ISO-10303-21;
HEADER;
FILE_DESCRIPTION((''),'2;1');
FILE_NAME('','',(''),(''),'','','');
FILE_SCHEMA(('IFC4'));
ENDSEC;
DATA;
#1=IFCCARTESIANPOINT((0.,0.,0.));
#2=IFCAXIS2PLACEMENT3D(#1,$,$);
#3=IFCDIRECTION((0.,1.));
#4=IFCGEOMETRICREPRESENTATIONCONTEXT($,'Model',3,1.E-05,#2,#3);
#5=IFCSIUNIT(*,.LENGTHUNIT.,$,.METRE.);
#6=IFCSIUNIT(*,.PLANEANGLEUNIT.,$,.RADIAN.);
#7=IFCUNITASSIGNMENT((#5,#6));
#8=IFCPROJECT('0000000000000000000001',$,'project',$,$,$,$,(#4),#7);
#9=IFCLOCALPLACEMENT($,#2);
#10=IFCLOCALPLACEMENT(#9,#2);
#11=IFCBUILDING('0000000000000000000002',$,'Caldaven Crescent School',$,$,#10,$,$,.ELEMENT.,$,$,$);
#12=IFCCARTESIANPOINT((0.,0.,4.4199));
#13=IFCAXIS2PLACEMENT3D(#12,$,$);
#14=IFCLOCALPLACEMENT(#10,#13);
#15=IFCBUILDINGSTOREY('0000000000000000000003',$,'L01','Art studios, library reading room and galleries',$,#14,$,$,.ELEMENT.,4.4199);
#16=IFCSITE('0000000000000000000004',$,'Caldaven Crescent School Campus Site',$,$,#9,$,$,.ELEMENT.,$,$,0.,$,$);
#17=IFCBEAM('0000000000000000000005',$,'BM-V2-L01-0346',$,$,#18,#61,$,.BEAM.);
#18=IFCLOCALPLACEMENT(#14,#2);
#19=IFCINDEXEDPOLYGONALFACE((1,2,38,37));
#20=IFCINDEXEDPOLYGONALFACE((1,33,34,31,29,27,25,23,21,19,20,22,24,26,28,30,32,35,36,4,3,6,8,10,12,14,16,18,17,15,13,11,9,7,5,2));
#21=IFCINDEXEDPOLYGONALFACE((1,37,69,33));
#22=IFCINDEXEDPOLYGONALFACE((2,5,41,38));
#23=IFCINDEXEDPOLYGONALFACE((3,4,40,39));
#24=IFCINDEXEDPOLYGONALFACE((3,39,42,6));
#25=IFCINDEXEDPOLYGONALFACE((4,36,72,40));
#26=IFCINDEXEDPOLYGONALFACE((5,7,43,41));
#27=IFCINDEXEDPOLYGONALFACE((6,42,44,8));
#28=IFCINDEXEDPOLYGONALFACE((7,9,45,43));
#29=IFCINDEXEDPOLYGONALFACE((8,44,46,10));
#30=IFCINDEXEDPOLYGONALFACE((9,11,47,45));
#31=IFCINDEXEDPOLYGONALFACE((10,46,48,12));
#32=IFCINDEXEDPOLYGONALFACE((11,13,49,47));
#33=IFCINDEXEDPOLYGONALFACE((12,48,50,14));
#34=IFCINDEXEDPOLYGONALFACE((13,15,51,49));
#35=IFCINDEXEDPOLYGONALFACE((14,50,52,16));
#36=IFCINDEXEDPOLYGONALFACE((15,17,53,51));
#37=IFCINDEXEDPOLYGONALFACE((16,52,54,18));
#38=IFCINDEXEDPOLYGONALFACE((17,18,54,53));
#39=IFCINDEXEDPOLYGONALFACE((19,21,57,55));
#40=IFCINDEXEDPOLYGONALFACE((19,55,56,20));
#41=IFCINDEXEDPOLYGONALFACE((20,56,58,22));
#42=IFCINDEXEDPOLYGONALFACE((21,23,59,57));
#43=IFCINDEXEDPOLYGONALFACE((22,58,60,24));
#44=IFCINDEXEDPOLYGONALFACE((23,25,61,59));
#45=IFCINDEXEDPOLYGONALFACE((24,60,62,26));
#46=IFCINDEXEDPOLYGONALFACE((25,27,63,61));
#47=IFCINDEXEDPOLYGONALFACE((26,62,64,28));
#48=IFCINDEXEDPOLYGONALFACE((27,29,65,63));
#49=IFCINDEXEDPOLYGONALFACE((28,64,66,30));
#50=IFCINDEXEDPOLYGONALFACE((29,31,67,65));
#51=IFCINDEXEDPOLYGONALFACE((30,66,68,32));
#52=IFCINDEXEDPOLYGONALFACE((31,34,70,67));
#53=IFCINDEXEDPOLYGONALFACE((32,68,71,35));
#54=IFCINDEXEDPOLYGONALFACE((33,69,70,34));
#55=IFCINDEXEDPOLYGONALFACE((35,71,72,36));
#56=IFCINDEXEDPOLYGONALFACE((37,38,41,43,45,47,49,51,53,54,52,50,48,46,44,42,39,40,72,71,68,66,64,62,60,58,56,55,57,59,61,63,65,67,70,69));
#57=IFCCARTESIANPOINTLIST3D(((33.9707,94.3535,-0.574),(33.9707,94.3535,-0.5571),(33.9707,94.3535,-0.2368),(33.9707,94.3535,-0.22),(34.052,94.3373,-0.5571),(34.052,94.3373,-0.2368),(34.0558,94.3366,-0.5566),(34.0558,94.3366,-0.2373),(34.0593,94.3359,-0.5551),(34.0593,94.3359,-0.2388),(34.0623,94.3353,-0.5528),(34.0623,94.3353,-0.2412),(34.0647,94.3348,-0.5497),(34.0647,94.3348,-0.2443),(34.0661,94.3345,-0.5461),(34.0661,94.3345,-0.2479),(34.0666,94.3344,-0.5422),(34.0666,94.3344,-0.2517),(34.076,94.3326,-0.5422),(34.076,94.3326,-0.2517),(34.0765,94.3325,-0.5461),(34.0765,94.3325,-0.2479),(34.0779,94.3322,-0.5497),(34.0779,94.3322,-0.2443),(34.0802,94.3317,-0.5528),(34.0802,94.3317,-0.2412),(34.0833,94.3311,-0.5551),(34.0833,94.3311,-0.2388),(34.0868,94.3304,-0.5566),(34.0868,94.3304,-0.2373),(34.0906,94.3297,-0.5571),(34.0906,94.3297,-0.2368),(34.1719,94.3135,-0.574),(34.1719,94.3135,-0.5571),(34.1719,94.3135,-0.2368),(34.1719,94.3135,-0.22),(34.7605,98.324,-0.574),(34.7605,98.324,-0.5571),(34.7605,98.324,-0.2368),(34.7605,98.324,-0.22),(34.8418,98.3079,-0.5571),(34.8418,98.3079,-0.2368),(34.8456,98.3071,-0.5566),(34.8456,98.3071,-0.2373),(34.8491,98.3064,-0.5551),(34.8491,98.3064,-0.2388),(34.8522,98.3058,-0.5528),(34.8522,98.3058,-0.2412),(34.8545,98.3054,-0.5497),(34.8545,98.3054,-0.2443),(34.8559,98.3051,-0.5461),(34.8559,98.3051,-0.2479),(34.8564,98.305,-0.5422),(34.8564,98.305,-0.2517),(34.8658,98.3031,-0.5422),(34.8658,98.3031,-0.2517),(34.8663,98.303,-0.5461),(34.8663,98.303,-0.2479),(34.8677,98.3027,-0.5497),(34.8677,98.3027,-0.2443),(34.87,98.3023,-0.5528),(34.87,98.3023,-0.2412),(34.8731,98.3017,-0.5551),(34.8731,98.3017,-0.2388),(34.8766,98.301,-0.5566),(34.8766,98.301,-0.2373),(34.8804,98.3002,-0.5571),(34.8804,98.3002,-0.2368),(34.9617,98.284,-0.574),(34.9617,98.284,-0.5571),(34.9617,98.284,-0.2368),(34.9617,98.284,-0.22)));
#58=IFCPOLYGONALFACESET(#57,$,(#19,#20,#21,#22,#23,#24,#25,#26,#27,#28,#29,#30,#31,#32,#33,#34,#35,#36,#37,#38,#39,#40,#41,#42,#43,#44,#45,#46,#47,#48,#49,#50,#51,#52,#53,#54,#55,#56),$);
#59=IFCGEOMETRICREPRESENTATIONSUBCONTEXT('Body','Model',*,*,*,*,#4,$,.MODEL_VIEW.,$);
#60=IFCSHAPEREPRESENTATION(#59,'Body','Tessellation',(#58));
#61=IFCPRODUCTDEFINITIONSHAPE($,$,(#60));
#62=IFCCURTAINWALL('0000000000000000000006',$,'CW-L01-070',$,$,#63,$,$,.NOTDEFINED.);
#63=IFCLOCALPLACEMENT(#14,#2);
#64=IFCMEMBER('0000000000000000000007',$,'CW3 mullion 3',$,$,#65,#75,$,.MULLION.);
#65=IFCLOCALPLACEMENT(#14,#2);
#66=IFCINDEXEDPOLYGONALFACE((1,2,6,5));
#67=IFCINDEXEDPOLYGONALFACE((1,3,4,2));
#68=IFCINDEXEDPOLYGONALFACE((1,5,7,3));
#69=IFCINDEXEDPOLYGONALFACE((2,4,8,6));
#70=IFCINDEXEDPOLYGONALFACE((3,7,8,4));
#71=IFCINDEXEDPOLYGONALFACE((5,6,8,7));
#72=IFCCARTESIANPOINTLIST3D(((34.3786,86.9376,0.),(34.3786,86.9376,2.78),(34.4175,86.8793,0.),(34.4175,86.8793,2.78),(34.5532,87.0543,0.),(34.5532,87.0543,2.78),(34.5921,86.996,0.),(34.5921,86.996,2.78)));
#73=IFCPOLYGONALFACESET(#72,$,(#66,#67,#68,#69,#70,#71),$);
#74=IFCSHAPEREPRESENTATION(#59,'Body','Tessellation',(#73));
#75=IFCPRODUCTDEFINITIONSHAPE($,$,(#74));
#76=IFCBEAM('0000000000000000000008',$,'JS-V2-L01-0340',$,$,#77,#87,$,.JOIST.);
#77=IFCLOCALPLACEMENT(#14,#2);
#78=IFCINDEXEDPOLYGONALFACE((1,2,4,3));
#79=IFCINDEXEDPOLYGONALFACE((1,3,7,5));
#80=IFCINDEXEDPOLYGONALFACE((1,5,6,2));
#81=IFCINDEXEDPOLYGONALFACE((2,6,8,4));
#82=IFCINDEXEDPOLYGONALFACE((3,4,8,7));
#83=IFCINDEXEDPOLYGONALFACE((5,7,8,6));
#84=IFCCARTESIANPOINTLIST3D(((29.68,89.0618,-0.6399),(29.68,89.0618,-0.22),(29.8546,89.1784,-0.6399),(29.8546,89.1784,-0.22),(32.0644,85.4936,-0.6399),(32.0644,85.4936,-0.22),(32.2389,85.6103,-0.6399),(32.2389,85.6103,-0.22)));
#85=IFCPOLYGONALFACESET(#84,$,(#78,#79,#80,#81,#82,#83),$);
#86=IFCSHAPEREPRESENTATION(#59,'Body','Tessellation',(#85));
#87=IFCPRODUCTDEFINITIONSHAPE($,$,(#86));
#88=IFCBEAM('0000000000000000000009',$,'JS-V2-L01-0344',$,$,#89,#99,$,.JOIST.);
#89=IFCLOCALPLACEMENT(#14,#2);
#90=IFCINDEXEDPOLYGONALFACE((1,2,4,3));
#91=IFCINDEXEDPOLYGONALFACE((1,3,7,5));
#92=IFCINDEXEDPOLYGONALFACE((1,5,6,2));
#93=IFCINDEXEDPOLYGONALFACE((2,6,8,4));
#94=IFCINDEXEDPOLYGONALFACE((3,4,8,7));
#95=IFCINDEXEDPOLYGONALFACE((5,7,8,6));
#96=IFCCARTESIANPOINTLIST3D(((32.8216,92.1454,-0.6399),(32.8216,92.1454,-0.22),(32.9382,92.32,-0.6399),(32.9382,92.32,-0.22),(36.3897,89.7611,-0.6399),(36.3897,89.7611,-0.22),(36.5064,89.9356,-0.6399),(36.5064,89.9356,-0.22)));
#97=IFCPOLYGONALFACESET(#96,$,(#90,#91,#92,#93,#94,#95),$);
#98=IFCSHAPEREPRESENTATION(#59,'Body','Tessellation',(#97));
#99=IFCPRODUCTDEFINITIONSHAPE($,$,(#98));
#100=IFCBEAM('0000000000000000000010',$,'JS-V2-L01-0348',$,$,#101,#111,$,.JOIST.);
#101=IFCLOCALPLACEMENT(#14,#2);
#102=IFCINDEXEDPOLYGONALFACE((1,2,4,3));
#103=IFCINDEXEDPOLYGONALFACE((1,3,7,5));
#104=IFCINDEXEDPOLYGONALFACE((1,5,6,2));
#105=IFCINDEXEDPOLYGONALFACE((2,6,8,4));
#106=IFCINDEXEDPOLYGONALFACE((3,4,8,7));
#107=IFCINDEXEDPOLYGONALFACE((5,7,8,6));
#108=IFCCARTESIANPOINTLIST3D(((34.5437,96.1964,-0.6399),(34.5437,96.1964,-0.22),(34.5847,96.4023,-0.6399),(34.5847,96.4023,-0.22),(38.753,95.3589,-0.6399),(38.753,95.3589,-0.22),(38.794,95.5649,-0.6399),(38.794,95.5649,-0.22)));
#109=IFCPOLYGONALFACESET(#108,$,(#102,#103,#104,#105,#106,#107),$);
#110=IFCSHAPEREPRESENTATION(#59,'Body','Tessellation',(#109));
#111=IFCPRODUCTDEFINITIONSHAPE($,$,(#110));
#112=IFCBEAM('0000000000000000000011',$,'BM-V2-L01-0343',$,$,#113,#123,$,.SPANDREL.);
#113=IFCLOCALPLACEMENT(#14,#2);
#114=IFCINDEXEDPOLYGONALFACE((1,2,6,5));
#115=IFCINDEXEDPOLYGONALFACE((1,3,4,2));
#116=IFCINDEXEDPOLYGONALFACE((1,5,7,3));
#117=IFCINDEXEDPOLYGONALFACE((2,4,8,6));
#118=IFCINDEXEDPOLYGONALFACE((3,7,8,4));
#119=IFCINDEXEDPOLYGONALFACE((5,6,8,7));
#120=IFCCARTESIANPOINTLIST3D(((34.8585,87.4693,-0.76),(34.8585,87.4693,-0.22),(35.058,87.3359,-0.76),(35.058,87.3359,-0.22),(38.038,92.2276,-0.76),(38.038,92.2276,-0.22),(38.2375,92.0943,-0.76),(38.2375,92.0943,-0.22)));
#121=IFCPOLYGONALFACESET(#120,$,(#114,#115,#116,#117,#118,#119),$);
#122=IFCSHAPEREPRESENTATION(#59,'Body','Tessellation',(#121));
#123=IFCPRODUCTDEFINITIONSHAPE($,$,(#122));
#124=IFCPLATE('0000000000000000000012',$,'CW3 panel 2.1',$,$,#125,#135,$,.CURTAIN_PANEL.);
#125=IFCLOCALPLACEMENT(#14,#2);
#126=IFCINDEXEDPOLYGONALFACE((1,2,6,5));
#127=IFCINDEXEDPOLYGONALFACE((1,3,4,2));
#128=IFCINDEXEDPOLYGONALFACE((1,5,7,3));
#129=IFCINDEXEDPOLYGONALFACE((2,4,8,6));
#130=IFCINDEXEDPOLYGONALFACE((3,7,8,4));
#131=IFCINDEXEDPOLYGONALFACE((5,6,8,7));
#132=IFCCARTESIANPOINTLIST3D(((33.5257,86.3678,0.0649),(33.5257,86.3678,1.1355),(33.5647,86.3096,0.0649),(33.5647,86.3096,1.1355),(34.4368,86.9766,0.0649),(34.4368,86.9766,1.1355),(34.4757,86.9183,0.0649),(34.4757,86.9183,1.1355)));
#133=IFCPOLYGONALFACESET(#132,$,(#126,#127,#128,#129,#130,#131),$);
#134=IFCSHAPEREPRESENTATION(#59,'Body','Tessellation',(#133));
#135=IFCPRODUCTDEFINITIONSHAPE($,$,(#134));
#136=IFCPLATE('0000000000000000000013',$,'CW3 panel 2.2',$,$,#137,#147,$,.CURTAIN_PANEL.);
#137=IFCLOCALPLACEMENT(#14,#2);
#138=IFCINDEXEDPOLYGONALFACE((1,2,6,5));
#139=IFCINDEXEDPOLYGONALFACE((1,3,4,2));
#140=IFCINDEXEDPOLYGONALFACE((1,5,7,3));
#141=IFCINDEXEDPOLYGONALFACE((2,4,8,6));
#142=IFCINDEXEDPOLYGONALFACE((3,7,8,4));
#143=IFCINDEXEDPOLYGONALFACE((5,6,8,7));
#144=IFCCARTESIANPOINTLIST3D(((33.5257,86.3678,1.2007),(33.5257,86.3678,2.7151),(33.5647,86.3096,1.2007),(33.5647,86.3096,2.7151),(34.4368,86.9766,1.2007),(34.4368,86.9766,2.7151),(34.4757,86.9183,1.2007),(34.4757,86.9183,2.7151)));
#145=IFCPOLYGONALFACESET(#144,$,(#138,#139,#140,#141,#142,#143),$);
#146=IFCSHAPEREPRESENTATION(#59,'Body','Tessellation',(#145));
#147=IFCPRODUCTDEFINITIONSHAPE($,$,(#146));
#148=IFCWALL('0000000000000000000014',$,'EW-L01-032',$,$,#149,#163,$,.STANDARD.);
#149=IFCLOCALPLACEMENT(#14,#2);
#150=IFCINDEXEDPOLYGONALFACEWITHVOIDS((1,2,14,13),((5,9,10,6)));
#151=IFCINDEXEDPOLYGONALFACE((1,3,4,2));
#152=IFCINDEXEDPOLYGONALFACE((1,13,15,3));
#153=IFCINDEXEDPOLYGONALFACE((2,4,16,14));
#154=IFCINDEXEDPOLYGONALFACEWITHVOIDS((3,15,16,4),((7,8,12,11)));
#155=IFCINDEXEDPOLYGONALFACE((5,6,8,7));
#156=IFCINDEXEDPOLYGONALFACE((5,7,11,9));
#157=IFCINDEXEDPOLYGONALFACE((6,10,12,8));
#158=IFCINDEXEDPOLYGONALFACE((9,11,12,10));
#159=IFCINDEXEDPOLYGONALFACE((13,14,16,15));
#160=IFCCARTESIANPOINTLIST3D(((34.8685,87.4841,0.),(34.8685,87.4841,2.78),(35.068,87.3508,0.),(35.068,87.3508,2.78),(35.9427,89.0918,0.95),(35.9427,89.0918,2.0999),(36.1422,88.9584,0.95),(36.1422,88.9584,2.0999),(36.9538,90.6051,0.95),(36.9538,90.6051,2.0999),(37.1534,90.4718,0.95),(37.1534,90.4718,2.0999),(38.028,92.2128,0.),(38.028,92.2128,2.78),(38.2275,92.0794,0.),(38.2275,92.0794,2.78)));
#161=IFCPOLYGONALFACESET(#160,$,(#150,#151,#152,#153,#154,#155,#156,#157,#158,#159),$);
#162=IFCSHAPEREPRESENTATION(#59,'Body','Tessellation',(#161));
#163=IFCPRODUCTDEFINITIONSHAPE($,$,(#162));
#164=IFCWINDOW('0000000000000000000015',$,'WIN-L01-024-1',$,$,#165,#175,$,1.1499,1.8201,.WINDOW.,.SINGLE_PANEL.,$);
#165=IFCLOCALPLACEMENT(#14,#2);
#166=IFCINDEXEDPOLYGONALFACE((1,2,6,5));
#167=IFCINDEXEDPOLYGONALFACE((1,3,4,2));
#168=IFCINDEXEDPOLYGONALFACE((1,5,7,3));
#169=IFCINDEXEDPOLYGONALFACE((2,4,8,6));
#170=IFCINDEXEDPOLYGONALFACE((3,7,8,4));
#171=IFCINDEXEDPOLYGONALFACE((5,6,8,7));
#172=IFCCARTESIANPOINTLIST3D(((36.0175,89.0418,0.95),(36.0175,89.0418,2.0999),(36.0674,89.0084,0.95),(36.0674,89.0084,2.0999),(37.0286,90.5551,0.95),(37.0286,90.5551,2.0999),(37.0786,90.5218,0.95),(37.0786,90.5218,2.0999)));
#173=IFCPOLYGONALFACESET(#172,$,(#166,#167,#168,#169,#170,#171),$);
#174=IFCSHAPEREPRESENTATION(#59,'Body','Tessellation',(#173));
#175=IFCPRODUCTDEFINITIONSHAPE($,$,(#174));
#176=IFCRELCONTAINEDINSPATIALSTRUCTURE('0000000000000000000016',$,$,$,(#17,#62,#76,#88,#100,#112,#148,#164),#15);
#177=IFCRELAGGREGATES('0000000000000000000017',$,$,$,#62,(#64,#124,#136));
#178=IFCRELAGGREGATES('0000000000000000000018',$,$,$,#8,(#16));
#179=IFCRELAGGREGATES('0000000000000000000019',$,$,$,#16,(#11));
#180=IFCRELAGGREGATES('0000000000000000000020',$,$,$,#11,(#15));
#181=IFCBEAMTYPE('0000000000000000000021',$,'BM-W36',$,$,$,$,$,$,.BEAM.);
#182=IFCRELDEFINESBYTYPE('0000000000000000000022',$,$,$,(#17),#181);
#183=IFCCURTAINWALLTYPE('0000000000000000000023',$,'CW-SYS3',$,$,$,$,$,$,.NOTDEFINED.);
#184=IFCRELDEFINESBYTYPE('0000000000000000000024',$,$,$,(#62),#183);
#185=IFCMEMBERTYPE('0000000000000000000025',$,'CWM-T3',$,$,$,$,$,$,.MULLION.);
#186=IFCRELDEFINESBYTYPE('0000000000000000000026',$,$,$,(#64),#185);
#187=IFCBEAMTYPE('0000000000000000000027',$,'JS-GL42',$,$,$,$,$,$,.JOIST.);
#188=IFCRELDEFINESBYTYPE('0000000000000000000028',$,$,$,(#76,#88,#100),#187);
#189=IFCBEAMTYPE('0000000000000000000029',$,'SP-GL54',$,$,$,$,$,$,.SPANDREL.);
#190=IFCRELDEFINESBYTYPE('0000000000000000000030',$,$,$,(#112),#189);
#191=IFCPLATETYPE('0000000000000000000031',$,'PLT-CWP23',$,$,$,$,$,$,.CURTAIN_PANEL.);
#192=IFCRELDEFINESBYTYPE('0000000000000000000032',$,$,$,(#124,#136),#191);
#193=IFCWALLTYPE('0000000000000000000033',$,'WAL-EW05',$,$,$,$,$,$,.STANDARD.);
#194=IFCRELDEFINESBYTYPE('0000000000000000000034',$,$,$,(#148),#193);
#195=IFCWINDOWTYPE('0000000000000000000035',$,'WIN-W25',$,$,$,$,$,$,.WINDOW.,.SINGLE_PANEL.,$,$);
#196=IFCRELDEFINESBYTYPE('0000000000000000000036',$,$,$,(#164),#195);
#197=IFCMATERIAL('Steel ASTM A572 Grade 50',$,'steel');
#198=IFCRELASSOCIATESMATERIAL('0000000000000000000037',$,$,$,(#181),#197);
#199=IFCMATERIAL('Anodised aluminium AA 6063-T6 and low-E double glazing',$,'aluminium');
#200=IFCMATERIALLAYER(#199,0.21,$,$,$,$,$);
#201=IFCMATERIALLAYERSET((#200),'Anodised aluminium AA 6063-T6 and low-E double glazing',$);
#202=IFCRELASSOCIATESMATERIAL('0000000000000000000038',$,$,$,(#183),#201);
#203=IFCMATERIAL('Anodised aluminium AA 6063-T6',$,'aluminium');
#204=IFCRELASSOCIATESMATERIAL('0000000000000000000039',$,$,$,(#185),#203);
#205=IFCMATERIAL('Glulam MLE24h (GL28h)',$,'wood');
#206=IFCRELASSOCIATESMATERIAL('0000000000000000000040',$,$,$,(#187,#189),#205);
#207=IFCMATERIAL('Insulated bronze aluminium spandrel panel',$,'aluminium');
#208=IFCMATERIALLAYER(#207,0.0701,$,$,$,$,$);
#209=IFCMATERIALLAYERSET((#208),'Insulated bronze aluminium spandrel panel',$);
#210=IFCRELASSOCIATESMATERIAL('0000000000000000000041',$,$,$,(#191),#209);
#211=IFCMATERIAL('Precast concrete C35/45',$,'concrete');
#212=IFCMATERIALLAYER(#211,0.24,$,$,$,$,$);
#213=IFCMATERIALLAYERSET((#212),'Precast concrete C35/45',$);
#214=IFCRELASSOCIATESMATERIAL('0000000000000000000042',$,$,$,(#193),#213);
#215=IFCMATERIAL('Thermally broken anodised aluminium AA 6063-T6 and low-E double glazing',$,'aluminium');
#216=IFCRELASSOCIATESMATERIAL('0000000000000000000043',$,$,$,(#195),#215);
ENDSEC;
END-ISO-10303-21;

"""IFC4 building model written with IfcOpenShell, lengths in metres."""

from ifc_helpers import new_model, si_unit, direction, frame, frame_2d, origin, origin_2d, place, context, subcontext, project, spatial, rectangle, i_section, extrude, material, layer, layer_set, material_profile, profile_set, type_object, element, fill, aggregate, save


model = new_model("IFC4")

# Units and contexts
model_context = context("Model", 3, precision=1e-05, world=origin(), true_north=direction((0.0, 1.0)))
body_context = subcontext(model_context, "Body", "Model", "MODEL_VIEW")
ifc_project = project(units=[si_unit("LENGTHUNIT", "METRE"), si_unit("PLANEANGLEUNIT", "RADIAN")], contexts=[model_context])

# Site, building, storey
site_placement = place(None, origin())
site = spatial("IfcSite", under=ifc_project, at=site_placement, Name="Caldaven Crescent School Campus Site", CompositionType="ELEMENT", RefElevation=0.0)
building_placement = place(site_placement, origin())
building = spatial("IfcBuilding", under=site, at=building_placement, Name="Caldaven Crescent School", CompositionType="ELEMENT")
storey_placement = place(building_placement, frame((0.0, 0.0, 4.4199)))
storey = spatial("IfcBuildingStorey", under=building, at=storey_placement, Name="L01", Description="Art studios, library reading room and galleries", CompositionType="ELEMENT", Elevation=4.4199)

# Shared definitions
ifc_material_1 = material(Name="Glulam MLE24h (GL28h)", Category="wood")

# Beam
ifc_material_2 = material(Name="Steel ASTM A572 Grade 50", Category="steel")
ifc_material_profile_1 = material_profile(ifc_material_2, i_section(OverallWidth=0.2051, OverallDepth=0.354, WebThickness=0.0095, FlangeThickness=0.0168, FilletRadius=0.0149, at=origin_2d()), Name="W360x79")
ifc_profile_set_1 = profile_set([ifc_material_profile_1], Name="Steel ASTM A572 Grade 50")
beam_type_1 = type_object("IfcBeamType", Name="BM-W36", PredefinedType="BEAM", material=ifc_profile_set_1)
beam_1_placement = place(storey_placement, frame((34.0713, 94.3335, -0.397), z_axis=(0.195095, 0.980784, 0.0), x_axis=(-0.980784, 0.195095, 0.0)))
element("IfcBeam", 1, at=beam_1_placement, inside=storey, type_object=beam_type_1, Name="BM-V2-L01-0346", PredefinedType="BEAM", context=body_context, shape_type="SweptSolid", body=[
    extrude(i_section(OverallWidth=0.2051, OverallDepth=0.354, WebThickness=0.0095, FlangeThickness=0.0168, FilletRadius=0.0149, at=origin_2d()), origin(), (0.0, 0.0, 1.0), 4.0483),
])

# Curtain wall, member
ifc_material_3 = material(Name="Anodised aluminium AA 6063-T6 and low-E double glazing", Category="aluminium")
ifc_layer_1 = layer(ifc_material_3, 0.21)
ifc_layer_set_1 = layer_set([ifc_layer_1], Name="Anodised aluminium AA 6063-T6 and low-E double glazing")
curtain_wall_type = type_object("IfcCurtainWallType", Name="CW-SYS3", PredefinedType="NOTDEFINED", material=ifc_layer_set_1)
curtain_wall_placement = place(storey_placement, origin())
curtain_wall = element("IfcCurtainWall", 2, at=curtain_wall_placement, inside=storey, type_object=curtain_wall_type, Name="CW-L01-070", PredefinedType="NOTDEFINED")
ifc_material_4 = material(Name="Anodised aluminium AA 6063-T6", Category="aluminium")
ifc_material_profile_2 = material_profile(ifc_material_4, rectangle(XDim=0.0701, YDim=0.21, at=origin_2d()), Name="CWM 70x210")
ifc_profile_set_2 = profile_set([ifc_material_profile_2], Name="Anodised aluminium AA 6063-T6")
member_type = type_object("IfcMemberType", Name="CWM-T3", PredefinedType="MULLION", material=ifc_profile_set_2)
member_placement = place(storey_placement, frame((34.4854, 86.9668, 0.0), z_axis=(0.0, 0.0, 1.0), x_axis=(-0.555572, 0.831468, 0.0)))
member = element("IfcMember", 3, at=member_placement, type_object=member_type, Name="CW3 mullion 3", PredefinedType="MULLION", context=body_context, shape_type="SweptSolid", body=[
    extrude(rectangle(XDim=0.0701, YDim=0.21, at=origin_2d()), origin(), (0.0, 0.0, 1.0), 2.78),
])

# Beams
ifc_material_profile_3 = material_profile(ifc_material_1, rectangle(XDim=0.21, YDim=0.4199, at=origin_2d()), Name="MLE 210x420")
ifc_profile_set_3 = profile_set([ifc_material_profile_3], Name="Glulam MLE24h (GL28h)")
beam_type_2 = type_object("IfcBeamType", Name="JS-GL42", PredefinedType="JOIST", material=ifc_profile_set_3)
for number, where, z_axis, x_axis, name in (
    (4, (29.7673, 89.1201, -0.4299), (0.555593, -0.831455, 0.0), (0.831455, 0.555593, 0.0), "JS-V2-L01-0340"),
    (5, (32.8799, 92.2327, -0.4299), (0.831455, -0.555593, 0.0), (0.555593, 0.831455, 0.0), "JS-V2-L01-0344"),
):
    element("IfcBeam", number, at=place(storey_placement, frame(where, z_axis=z_axis, x_axis=x_axis)), inside=storey, type_object=beam_type_2, Name=name, PredefinedType="JOIST", context=body_context, shape_type="SweptSolid", body=[
        extrude(rectangle(XDim=0.21, YDim=0.4199, at=origin_2d()), origin(), (0.0, 0.0, 1.0), 4.2915),
    ])
beam_2_placement = place(storey_placement, frame((34.5642, 96.2993, -0.4299), z_axis=(0.980779, -0.195121, 0.0), x_axis=(0.195121, 0.980779, 0.0)))
element("IfcBeam", 6, at=beam_2_placement, inside=storey, type_object=beam_type_2, Name="JS-V2-L01-0348", PredefinedType="JOIST", context=body_context, shape_type="SweptSolid", body=[
    extrude(rectangle(XDim=0.21, YDim=0.4199, at=origin_2d()), origin(), (0.0, 0.0, 1.0), 4.2917),
])
ifc_material_profile_4 = material_profile(ifc_material_1, rectangle(XDim=0.24, YDim=0.54, at=origin_2d()), Name="MLE 240x540")
ifc_profile_set_4 = profile_set([ifc_material_profile_4], Name="Glulam MLE24h (GL28h)")
beam_type_3 = type_object("IfcBeamType", Name="SP-GL54", PredefinedType="SPANDREL", material=ifc_profile_set_4)
beam_3_placement = place(storey_placement, frame((34.9583, 87.4026, -0.49), z_axis=(0.555576, 0.831466, 0.0), x_axis=(-0.831466, 0.555576, 0.0)))
element("IfcBeam", 7, at=beam_3_placement, inside=storey, type_object=beam_type_3, Name="BM-V2-L01-0343", PredefinedType="SPANDREL", context=body_context, shape_type="SweptSolid", body=[
    extrude(rectangle(XDim=0.24, YDim=0.54, at=origin_2d()), origin(), (0.0, 0.0, 1.0), 5.7229),
])

# Plates
ifc_material_5 = material(Name="Insulated bronze aluminium spandrel panel", Category="aluminium")
ifc_layer_2 = layer(ifc_material_5, 0.0701)
ifc_layer_set_2 = layer_set([ifc_layer_2], Name="Insulated bronze aluminium spandrel panel")
plate_type = type_object("IfcPlateType", Name="PLT-CWP23", PredefinedType="CURTAIN_PANEL", material=ifc_layer_set_2)
plate_1_placement = place(storey_placement, frame((34.0007, 86.6431, 0.0649), z_axis=(0.0, 0.0, 1.0), x_axis=(0.831468, 0.555572, 0.0)))
plate_1 = element("IfcPlate", 8, at=plate_1_placement, type_object=plate_type, Name="CW3 panel 2.1", PredefinedType="CURTAIN_PANEL", context=body_context, shape_type="SweptSolid", body=[
    extrude(rectangle(XDim=1.0957, YDim=0.0701, at=origin_2d()), origin(), (0.0, 0.0, 1.0), 1.0706),
])
plate_2_placement = place(storey_placement, frame((34.0007, 86.6431, 1.2007), z_axis=(0.0, 0.0, 1.0), x_axis=(0.831468, 0.555572, 0.0)))
plate_2 = element("IfcPlate", 9, at=plate_2_placement, type_object=plate_type, Name="CW3 panel 2.2", PredefinedType="CURTAIN_PANEL", context=body_context, shape_type="SweptSolid", body=[
    extrude(rectangle(XDim=1.0957, YDim=0.0701, at=origin_2d()), origin(), (0.0, 0.0, 1.0), 1.5144),
])
aggregate(curtain_wall, [member, plate_1, plate_2])

# Wall, opening, window
ifc_material_6 = material(Name="Precast concrete C35/45", Category="concrete")
ifc_layer_3 = layer(ifc_material_6, 0.24)
ifc_layer_set_3 = layer_set([ifc_layer_3], Name="Precast concrete C35/45")
wall_type = type_object("IfcWallType", Name="WAL-EW05", PredefinedType="STANDARD", material=ifc_layer_set_3)
wall_placement = place(storey_placement, frame((34.9683, 87.4175, 0.0), z_axis=(0.0, 0.0, 1.0), x_axis=(0.555562, 0.831475, 0.0)))
wall = element("IfcWall", 10, at=wall_placement, inside=storey, type_object=wall_type, Name="EW-L01-032", PredefinedType="STANDARD", context=body_context, shape_type="SweptSolid", body=[
    extrude(rectangle(XDim=5.687, YDim=0.24, at=frame_2d((2.8435, 0.0))), origin(), (0.0, 0.0, 1.0), 2.78),
])
opening_placement = place(wall_placement, frame((1.9333, 0.0, 0.95)))
opening = element("IfcOpeningElement", 11, at=opening_placement, cuts=wall, PredefinedType="OPENING", context=body_context, shape_type="SweptSolid", body=[
    extrude(rectangle(XDim=1.8201, YDim=1.1499, at=frame_2d((0.9102, 0.575))), frame((0.0, 0.1299, 0.0), z_axis=(0.0, -1.0, 0.0), x_axis=(1.0, 0.0, 0.0)), (0.0, 0.0, 1.0), 0.26),
])
ifc_material_7 = material(Name="Thermally broken anodised aluminium AA 6063-T6 and low-E double glazing", Category="aluminium")
window_type = type_object("IfcWindowType", Name="WIN-W25", PartitioningType="SINGLE_PANEL", PredefinedType="WINDOW", material=ifc_material_7)
window_placement = place(opening_placement, origin())
window = element("IfcWindow", 12, at=window_placement, inside=storey, type_object=window_type, Name="WIN-L01-024-1", OverallHeight=1.1499, OverallWidth=1.8201, PartitioningType="SINGLE_PANEL", PredefinedType="WINDOW", context=body_context, shape_type="SweptSolid", body=[
    extrude(rectangle(XDim=1.8201, YDim=1.1499, at=frame_2d((0.9102, 0.575))), frame((0.0, 0.03, 0.0), z_axis=(0.0, -1.0, 0.0), x_axis=(1.0, 0.0, 0.0)), (0.0, 0.0, 1.0), 0.0601),
])
fill(opening, window)

save(model, "model.ifc")
